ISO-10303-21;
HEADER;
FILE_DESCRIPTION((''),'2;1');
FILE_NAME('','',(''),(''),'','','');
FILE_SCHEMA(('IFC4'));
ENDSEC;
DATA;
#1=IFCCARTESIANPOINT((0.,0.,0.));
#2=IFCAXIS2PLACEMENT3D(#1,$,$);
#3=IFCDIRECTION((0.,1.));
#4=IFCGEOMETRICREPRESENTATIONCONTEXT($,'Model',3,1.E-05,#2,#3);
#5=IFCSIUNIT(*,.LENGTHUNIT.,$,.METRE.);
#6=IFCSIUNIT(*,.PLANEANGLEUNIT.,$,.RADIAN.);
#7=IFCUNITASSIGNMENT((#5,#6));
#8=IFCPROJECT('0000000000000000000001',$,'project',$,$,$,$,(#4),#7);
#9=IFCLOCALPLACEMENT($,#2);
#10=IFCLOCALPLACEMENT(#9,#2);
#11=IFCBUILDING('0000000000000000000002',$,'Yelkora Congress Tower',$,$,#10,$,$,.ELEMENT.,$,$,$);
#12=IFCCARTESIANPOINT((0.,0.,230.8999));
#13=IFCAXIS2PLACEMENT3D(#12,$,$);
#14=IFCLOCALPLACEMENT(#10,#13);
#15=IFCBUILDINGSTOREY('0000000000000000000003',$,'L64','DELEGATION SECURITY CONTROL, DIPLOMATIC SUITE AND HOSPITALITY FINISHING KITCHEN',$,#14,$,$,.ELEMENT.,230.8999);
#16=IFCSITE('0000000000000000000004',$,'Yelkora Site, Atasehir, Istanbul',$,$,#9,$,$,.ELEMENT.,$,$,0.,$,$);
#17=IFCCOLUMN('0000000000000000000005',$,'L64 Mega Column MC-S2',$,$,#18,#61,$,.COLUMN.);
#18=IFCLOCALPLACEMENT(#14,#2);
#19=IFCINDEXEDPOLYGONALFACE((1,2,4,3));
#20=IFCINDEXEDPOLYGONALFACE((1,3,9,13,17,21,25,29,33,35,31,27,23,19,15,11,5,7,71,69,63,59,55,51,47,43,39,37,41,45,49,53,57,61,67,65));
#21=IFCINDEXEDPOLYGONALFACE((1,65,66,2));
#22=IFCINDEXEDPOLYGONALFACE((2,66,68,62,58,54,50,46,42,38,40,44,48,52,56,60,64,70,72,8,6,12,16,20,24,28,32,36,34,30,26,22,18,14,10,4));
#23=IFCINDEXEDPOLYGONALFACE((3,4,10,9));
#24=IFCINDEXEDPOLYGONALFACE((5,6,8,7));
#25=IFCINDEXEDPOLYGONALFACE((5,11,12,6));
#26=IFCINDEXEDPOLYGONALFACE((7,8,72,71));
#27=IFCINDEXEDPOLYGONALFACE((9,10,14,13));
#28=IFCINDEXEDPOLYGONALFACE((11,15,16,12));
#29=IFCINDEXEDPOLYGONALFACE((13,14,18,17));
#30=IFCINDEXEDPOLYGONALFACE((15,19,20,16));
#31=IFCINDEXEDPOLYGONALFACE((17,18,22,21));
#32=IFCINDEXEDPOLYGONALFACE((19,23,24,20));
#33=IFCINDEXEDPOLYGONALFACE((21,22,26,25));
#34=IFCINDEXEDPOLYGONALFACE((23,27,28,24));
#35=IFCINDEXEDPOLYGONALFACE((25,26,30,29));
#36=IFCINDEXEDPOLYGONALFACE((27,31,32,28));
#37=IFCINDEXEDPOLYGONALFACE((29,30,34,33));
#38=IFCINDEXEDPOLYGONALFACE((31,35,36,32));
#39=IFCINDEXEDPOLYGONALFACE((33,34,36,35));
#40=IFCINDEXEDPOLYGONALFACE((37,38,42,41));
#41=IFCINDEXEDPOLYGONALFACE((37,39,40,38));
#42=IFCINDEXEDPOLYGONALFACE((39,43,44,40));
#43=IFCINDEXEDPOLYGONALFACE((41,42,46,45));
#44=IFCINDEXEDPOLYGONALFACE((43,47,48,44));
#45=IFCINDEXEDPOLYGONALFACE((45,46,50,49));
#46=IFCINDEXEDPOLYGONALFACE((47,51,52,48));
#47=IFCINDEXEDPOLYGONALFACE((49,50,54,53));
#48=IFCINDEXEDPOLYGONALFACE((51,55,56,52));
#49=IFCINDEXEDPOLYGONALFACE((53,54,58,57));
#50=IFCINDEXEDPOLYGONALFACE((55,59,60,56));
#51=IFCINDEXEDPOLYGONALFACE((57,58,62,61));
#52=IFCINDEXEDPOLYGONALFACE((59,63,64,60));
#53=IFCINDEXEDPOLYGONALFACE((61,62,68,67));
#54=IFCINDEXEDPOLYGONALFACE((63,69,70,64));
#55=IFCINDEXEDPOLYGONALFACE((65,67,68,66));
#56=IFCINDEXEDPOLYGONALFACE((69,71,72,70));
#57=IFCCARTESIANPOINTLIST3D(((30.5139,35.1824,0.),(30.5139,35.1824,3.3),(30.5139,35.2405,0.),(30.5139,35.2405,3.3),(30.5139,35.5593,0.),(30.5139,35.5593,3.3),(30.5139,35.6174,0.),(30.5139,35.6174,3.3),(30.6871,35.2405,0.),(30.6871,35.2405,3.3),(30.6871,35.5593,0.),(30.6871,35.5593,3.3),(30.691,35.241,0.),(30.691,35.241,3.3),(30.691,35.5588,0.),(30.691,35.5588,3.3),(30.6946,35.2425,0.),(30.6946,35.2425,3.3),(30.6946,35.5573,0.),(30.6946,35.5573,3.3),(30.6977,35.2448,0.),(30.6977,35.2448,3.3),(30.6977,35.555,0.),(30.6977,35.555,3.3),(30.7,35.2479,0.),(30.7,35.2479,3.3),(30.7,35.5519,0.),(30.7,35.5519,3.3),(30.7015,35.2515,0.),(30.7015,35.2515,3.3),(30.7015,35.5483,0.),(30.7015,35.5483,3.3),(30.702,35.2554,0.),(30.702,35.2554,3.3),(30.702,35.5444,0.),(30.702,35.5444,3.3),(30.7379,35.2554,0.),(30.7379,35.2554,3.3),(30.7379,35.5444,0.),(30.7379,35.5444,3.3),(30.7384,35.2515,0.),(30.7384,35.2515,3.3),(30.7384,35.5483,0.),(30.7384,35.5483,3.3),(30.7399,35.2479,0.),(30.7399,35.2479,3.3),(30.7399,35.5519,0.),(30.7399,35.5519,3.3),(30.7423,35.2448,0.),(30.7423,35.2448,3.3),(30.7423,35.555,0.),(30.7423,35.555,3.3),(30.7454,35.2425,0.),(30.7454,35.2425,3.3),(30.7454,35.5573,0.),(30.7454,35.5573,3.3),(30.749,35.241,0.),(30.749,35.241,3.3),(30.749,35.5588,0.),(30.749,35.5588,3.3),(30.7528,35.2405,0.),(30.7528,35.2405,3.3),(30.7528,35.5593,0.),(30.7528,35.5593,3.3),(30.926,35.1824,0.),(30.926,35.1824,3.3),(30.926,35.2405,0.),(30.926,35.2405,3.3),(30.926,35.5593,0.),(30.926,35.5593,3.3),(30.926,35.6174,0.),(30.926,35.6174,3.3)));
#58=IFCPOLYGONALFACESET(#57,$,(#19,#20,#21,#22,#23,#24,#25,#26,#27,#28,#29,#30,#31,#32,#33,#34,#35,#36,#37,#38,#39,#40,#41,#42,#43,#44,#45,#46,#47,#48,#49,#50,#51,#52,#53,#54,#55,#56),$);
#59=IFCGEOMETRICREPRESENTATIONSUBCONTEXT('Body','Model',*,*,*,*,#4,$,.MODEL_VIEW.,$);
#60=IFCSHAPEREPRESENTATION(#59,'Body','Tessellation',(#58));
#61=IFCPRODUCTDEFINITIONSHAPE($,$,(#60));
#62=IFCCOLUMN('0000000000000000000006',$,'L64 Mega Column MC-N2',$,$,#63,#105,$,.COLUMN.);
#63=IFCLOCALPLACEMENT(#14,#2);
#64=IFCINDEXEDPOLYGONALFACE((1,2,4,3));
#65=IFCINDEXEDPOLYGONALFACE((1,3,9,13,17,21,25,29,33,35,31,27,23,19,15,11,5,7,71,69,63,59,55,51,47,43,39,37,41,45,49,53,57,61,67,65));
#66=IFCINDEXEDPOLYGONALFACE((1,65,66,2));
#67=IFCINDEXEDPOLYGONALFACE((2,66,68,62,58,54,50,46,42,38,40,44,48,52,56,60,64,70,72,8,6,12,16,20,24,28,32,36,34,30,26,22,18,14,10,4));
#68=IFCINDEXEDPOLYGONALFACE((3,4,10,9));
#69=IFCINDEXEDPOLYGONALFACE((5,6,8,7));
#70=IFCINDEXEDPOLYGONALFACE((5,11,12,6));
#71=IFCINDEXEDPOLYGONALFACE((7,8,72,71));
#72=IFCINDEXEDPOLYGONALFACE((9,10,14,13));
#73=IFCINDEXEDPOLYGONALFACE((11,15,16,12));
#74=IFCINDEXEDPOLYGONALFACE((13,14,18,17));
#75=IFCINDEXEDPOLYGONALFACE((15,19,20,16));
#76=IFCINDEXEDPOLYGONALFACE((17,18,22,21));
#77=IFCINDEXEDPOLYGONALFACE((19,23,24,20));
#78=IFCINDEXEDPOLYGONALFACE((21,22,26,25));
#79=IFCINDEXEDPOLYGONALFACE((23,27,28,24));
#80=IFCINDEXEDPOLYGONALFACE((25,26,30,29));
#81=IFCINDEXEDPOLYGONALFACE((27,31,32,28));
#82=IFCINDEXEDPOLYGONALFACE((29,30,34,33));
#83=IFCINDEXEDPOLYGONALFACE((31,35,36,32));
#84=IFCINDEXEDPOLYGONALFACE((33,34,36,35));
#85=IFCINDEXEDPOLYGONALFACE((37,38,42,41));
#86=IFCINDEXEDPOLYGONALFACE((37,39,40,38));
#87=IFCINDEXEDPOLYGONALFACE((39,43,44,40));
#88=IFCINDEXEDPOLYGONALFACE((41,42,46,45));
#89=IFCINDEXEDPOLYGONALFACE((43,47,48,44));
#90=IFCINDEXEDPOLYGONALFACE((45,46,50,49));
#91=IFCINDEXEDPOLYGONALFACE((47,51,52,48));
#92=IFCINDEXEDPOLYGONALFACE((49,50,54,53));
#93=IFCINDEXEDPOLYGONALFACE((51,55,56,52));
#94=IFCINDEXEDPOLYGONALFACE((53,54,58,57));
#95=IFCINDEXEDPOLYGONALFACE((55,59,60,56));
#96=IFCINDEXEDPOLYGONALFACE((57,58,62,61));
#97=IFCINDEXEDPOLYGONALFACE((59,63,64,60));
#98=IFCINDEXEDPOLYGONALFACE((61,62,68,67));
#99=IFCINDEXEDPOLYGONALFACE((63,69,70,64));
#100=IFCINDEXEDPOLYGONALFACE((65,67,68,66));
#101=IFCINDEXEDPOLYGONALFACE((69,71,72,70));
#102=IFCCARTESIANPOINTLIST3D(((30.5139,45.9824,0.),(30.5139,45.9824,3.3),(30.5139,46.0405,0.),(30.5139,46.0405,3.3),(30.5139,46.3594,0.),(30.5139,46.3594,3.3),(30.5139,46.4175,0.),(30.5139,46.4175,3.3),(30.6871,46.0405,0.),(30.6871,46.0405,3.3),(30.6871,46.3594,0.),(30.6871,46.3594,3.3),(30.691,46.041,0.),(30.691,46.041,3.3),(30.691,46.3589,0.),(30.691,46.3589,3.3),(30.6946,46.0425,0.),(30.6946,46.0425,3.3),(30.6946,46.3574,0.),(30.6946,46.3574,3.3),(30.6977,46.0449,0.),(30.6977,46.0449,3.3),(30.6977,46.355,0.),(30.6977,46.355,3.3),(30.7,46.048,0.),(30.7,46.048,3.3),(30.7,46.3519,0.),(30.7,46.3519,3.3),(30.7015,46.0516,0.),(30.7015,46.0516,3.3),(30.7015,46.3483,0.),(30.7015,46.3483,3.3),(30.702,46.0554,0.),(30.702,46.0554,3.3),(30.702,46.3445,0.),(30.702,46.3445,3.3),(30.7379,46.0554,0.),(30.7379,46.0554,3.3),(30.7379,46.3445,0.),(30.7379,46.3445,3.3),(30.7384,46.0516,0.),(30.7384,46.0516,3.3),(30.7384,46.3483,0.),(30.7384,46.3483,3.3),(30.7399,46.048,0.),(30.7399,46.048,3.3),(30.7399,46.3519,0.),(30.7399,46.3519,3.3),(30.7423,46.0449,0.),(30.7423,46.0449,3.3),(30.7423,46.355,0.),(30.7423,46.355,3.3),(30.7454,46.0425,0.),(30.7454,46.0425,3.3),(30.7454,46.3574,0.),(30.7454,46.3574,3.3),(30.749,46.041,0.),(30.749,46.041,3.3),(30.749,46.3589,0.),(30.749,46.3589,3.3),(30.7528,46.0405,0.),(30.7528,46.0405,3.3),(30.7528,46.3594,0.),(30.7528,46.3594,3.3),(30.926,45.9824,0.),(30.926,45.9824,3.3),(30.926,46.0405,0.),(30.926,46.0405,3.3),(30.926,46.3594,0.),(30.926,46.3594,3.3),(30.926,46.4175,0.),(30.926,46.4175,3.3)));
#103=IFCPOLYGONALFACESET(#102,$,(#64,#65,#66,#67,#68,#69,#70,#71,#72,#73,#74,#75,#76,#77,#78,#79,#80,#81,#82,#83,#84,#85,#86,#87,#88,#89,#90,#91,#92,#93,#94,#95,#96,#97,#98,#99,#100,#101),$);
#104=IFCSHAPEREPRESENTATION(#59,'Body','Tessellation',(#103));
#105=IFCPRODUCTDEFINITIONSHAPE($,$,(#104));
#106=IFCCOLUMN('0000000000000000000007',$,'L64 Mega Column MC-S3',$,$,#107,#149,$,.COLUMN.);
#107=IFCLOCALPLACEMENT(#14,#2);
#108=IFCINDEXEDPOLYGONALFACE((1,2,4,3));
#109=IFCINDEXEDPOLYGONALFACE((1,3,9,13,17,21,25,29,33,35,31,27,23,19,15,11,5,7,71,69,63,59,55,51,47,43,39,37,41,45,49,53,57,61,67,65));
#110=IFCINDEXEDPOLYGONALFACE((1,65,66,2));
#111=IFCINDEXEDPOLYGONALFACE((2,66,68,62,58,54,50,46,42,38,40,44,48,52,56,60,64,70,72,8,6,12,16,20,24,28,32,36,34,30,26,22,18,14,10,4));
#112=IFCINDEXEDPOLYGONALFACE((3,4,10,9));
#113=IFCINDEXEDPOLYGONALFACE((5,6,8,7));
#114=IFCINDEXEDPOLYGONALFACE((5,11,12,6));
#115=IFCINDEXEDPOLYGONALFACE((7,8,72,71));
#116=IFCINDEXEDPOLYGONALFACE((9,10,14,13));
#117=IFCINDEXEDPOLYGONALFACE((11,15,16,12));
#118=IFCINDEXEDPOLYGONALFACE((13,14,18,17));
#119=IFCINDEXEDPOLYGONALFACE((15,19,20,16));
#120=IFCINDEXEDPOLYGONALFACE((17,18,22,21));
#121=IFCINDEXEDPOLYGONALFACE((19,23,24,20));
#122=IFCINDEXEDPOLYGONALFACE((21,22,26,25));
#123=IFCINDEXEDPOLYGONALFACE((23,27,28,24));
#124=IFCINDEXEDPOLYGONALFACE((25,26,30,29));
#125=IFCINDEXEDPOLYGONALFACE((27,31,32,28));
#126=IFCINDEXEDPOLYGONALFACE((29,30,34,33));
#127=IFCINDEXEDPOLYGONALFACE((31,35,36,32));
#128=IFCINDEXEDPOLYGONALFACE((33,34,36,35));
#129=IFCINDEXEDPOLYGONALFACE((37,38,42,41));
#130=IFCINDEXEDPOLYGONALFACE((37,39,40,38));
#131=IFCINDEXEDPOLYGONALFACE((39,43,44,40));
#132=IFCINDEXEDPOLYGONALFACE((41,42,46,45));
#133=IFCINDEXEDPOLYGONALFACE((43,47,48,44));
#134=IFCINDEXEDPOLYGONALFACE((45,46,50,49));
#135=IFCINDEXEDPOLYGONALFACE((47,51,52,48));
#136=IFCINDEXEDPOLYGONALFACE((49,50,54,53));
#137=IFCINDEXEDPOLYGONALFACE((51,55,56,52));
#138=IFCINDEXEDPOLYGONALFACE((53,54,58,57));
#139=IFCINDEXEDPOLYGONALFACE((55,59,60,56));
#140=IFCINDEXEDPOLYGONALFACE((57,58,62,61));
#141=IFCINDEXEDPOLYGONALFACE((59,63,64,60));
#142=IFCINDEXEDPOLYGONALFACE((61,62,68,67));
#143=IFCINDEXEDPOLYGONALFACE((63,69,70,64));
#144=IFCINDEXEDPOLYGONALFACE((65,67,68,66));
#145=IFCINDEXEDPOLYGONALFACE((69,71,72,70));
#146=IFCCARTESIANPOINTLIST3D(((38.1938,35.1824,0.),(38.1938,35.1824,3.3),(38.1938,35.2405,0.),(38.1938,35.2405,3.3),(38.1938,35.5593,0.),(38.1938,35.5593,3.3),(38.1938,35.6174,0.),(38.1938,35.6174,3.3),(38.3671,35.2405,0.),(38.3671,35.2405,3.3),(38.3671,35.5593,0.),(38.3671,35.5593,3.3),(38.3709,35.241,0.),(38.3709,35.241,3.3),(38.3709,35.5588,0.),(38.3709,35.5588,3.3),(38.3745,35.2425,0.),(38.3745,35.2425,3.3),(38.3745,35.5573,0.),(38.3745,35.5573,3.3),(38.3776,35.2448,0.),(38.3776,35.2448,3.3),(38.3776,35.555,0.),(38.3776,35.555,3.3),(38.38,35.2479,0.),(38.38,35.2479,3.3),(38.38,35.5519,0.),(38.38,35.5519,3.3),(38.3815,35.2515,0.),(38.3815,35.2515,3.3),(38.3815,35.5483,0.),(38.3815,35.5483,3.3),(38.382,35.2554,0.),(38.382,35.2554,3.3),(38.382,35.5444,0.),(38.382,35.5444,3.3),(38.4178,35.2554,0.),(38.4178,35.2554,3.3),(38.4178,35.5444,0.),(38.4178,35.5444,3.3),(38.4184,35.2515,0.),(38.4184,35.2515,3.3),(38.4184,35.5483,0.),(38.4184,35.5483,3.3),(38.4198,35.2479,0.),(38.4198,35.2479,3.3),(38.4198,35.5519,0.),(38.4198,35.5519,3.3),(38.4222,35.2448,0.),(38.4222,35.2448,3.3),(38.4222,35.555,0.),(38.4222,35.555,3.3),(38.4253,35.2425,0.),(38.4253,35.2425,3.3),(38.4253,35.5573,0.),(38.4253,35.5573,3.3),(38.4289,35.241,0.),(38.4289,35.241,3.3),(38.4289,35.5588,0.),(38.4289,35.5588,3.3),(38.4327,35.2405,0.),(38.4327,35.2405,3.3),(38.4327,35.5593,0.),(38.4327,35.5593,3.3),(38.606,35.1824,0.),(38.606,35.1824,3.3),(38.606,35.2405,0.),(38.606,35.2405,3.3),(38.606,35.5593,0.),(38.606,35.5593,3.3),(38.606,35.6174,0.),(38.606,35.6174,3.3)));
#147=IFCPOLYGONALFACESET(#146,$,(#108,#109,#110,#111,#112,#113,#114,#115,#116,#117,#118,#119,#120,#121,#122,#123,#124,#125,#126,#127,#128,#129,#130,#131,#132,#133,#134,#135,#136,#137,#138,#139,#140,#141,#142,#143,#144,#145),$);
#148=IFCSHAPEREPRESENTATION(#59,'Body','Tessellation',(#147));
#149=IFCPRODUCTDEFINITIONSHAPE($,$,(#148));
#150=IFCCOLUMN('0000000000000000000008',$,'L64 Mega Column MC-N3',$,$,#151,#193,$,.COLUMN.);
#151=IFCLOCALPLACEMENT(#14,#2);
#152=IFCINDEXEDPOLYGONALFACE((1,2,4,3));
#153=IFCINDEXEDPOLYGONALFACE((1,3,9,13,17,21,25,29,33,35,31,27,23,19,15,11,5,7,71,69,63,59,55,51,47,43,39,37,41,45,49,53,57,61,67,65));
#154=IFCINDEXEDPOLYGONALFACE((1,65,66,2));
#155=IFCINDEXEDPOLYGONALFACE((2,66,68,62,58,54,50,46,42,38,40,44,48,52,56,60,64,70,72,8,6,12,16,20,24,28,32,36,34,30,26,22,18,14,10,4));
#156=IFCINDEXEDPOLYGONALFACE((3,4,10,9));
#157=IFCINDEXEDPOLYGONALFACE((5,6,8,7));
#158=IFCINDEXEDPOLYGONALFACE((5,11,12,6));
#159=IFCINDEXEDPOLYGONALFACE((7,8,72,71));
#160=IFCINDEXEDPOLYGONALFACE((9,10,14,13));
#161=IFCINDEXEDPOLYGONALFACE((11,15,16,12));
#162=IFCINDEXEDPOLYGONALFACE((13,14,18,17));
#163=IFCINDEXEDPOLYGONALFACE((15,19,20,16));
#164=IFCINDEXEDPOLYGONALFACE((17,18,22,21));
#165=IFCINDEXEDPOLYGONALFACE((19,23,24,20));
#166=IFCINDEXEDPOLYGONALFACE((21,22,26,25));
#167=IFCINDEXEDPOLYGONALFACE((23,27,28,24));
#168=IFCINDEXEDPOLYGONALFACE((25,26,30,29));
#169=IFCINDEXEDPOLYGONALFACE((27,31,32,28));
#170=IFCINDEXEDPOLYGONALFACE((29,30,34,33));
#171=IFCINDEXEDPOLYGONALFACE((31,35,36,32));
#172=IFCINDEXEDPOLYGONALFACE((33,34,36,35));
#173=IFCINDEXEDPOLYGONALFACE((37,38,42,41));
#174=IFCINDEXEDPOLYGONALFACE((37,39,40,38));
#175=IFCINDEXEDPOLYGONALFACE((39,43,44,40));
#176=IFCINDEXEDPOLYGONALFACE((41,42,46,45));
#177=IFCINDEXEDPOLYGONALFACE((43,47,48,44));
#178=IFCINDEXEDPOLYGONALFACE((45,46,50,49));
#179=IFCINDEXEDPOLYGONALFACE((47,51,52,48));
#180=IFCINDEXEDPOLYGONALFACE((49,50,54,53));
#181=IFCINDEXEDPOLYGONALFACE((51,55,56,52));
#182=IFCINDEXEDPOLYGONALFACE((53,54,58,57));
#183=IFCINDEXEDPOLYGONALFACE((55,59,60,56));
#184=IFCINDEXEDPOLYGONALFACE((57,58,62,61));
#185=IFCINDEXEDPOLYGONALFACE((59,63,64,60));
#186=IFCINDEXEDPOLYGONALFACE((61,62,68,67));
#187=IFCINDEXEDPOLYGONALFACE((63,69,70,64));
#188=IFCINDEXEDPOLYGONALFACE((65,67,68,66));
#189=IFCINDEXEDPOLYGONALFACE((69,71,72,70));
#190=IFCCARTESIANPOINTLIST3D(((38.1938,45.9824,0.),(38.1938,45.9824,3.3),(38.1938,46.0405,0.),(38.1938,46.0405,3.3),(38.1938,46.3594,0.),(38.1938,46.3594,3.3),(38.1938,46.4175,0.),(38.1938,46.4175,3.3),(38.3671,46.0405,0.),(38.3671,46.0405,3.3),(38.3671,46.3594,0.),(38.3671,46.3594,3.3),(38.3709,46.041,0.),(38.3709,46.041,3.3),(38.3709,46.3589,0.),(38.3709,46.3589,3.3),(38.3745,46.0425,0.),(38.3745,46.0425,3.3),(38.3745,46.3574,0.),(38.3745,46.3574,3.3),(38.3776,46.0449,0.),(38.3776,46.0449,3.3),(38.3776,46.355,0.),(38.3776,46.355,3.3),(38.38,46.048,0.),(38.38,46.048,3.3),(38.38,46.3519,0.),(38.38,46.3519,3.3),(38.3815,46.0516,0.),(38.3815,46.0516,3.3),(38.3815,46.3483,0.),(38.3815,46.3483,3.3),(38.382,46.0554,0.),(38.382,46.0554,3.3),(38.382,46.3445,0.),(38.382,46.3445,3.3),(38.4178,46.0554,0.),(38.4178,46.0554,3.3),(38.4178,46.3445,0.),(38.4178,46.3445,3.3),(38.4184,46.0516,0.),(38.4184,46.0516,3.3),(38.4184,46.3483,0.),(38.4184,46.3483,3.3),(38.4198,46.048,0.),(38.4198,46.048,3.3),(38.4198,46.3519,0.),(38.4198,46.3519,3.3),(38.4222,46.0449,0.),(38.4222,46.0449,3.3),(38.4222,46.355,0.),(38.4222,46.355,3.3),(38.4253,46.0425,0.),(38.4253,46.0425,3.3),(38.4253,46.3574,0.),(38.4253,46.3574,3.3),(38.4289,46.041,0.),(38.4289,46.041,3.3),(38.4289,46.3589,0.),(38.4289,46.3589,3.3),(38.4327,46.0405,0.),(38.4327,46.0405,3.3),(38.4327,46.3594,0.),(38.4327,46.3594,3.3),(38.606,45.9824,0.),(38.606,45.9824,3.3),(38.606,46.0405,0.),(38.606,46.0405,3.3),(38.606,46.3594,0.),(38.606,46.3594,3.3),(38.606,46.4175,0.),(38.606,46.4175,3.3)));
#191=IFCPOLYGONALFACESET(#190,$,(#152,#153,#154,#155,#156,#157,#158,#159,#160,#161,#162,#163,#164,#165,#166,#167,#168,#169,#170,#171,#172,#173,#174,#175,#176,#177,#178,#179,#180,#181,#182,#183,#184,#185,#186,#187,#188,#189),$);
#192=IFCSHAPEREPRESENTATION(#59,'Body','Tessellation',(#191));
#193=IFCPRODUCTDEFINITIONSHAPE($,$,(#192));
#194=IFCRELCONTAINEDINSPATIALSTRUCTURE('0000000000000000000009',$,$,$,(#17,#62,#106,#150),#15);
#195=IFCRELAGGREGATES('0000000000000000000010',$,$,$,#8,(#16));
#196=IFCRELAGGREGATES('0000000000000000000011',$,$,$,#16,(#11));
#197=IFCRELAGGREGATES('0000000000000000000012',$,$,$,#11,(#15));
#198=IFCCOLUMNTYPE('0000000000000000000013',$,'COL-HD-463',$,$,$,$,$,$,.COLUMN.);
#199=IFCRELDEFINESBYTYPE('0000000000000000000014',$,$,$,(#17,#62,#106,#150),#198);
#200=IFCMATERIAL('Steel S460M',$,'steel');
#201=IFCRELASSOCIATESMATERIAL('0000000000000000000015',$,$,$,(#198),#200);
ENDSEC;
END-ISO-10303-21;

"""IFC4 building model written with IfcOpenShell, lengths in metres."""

from ifc_helpers import new_model, si_unit, direction, frame, origin, origin_2d, place, context, subcontext, project, spatial, i_section, extrude, material, material_profile, profile_set, type_object, element, save


model = new_model("IFC4")

# Units and contexts
model_context = context("Model", 3, precision=1e-05, world=origin(), true_north=direction((0.0, 1.0)))
body_context = subcontext(model_context, "Body", "Model", "MODEL_VIEW")
ifc_project = project(units=[si_unit("LENGTHUNIT", "METRE"), si_unit("PLANEANGLEUNIT", "RADIAN")], contexts=[model_context])

# Site, building, storey
site_placement = place(None, origin())
site = spatial("IfcSite", under=ifc_project, at=site_placement, Name="Yelkora Site, Atasehir, Istanbul", CompositionType="ELEMENT", RefElevation=0.0)
building_placement = place(site_placement, origin())
building = spatial("IfcBuilding", under=site, at=building_placement, Name="Yelkora Congress Tower", CompositionType="ELEMENT")
storey_placement = place(building_placement, frame((0.0, 0.0, 230.8999)))
storey = spatial("IfcBuildingStorey", under=building, at=storey_placement, Name="L64", Description="DELEGATION SECURITY CONTROL, DIPLOMATIC SUITE AND HOSPITALITY FINISHING KITCHEN", CompositionType="ELEMENT", Elevation=230.8999)

# Columns
ifc_material_1 = material(Name="Steel S460M", Category="steel")
ifc_material_profile_1 = material_profile(ifc_material_1, i_section(OverallWidth=0.4121, OverallDepth=0.4351, WebThickness=0.0359, FlangeThickness=0.0581, FilletRadius=0.0149, at=origin_2d()), Name="HD 400x463")
ifc_profile_set_1 = profile_set([ifc_material_profile_1], Name="Steel S460M")
column_type = type_object("IfcColumnType", Name="COL-HD-463", PredefinedType="COLUMN", material=ifc_profile_set_1)
for number, where, z_axis, x_axis, name in (
    (1, (30.72, 35.3999, 0.0), (0.0, 0.0, 1.0), (1.0, 0.0, 0.0), "L64 Mega Column MC-S2"),
    (2, (30.72, 46.2, 0.0), (0.0, 0.0, 1.0), (1.0, 0.0, 0.0), "L64 Mega Column MC-N2"),
    (3, (38.3999, 35.3999, 0.0), (0.0, 0.0, 1.0), (1.0, 0.0, 0.0), "L64 Mega Column MC-S3"),
    (4, (38.3999, 46.2, 0.0), (0.0, 0.0, 1.0), (1.0, 0.0, 0.0), "L64 Mega Column MC-N3"),
):
    element("IfcColumn", number, at=place(storey_placement, frame(where, z_axis=z_axis, x_axis=x_axis)), inside=storey, type_object=column_type, Name=name, PredefinedType="COLUMN", context=body_context, shape_type="SweptSolid", body=[
        extrude(i_section(OverallWidth=0.4121, OverallDepth=0.4351, WebThickness=0.0359, FlangeThickness=0.0581, FilletRadius=0.0149, at=origin_2d()), origin(), (0.0, 0.0, 1.0), 3.3),
    ])

save(model, "model.ifc")
